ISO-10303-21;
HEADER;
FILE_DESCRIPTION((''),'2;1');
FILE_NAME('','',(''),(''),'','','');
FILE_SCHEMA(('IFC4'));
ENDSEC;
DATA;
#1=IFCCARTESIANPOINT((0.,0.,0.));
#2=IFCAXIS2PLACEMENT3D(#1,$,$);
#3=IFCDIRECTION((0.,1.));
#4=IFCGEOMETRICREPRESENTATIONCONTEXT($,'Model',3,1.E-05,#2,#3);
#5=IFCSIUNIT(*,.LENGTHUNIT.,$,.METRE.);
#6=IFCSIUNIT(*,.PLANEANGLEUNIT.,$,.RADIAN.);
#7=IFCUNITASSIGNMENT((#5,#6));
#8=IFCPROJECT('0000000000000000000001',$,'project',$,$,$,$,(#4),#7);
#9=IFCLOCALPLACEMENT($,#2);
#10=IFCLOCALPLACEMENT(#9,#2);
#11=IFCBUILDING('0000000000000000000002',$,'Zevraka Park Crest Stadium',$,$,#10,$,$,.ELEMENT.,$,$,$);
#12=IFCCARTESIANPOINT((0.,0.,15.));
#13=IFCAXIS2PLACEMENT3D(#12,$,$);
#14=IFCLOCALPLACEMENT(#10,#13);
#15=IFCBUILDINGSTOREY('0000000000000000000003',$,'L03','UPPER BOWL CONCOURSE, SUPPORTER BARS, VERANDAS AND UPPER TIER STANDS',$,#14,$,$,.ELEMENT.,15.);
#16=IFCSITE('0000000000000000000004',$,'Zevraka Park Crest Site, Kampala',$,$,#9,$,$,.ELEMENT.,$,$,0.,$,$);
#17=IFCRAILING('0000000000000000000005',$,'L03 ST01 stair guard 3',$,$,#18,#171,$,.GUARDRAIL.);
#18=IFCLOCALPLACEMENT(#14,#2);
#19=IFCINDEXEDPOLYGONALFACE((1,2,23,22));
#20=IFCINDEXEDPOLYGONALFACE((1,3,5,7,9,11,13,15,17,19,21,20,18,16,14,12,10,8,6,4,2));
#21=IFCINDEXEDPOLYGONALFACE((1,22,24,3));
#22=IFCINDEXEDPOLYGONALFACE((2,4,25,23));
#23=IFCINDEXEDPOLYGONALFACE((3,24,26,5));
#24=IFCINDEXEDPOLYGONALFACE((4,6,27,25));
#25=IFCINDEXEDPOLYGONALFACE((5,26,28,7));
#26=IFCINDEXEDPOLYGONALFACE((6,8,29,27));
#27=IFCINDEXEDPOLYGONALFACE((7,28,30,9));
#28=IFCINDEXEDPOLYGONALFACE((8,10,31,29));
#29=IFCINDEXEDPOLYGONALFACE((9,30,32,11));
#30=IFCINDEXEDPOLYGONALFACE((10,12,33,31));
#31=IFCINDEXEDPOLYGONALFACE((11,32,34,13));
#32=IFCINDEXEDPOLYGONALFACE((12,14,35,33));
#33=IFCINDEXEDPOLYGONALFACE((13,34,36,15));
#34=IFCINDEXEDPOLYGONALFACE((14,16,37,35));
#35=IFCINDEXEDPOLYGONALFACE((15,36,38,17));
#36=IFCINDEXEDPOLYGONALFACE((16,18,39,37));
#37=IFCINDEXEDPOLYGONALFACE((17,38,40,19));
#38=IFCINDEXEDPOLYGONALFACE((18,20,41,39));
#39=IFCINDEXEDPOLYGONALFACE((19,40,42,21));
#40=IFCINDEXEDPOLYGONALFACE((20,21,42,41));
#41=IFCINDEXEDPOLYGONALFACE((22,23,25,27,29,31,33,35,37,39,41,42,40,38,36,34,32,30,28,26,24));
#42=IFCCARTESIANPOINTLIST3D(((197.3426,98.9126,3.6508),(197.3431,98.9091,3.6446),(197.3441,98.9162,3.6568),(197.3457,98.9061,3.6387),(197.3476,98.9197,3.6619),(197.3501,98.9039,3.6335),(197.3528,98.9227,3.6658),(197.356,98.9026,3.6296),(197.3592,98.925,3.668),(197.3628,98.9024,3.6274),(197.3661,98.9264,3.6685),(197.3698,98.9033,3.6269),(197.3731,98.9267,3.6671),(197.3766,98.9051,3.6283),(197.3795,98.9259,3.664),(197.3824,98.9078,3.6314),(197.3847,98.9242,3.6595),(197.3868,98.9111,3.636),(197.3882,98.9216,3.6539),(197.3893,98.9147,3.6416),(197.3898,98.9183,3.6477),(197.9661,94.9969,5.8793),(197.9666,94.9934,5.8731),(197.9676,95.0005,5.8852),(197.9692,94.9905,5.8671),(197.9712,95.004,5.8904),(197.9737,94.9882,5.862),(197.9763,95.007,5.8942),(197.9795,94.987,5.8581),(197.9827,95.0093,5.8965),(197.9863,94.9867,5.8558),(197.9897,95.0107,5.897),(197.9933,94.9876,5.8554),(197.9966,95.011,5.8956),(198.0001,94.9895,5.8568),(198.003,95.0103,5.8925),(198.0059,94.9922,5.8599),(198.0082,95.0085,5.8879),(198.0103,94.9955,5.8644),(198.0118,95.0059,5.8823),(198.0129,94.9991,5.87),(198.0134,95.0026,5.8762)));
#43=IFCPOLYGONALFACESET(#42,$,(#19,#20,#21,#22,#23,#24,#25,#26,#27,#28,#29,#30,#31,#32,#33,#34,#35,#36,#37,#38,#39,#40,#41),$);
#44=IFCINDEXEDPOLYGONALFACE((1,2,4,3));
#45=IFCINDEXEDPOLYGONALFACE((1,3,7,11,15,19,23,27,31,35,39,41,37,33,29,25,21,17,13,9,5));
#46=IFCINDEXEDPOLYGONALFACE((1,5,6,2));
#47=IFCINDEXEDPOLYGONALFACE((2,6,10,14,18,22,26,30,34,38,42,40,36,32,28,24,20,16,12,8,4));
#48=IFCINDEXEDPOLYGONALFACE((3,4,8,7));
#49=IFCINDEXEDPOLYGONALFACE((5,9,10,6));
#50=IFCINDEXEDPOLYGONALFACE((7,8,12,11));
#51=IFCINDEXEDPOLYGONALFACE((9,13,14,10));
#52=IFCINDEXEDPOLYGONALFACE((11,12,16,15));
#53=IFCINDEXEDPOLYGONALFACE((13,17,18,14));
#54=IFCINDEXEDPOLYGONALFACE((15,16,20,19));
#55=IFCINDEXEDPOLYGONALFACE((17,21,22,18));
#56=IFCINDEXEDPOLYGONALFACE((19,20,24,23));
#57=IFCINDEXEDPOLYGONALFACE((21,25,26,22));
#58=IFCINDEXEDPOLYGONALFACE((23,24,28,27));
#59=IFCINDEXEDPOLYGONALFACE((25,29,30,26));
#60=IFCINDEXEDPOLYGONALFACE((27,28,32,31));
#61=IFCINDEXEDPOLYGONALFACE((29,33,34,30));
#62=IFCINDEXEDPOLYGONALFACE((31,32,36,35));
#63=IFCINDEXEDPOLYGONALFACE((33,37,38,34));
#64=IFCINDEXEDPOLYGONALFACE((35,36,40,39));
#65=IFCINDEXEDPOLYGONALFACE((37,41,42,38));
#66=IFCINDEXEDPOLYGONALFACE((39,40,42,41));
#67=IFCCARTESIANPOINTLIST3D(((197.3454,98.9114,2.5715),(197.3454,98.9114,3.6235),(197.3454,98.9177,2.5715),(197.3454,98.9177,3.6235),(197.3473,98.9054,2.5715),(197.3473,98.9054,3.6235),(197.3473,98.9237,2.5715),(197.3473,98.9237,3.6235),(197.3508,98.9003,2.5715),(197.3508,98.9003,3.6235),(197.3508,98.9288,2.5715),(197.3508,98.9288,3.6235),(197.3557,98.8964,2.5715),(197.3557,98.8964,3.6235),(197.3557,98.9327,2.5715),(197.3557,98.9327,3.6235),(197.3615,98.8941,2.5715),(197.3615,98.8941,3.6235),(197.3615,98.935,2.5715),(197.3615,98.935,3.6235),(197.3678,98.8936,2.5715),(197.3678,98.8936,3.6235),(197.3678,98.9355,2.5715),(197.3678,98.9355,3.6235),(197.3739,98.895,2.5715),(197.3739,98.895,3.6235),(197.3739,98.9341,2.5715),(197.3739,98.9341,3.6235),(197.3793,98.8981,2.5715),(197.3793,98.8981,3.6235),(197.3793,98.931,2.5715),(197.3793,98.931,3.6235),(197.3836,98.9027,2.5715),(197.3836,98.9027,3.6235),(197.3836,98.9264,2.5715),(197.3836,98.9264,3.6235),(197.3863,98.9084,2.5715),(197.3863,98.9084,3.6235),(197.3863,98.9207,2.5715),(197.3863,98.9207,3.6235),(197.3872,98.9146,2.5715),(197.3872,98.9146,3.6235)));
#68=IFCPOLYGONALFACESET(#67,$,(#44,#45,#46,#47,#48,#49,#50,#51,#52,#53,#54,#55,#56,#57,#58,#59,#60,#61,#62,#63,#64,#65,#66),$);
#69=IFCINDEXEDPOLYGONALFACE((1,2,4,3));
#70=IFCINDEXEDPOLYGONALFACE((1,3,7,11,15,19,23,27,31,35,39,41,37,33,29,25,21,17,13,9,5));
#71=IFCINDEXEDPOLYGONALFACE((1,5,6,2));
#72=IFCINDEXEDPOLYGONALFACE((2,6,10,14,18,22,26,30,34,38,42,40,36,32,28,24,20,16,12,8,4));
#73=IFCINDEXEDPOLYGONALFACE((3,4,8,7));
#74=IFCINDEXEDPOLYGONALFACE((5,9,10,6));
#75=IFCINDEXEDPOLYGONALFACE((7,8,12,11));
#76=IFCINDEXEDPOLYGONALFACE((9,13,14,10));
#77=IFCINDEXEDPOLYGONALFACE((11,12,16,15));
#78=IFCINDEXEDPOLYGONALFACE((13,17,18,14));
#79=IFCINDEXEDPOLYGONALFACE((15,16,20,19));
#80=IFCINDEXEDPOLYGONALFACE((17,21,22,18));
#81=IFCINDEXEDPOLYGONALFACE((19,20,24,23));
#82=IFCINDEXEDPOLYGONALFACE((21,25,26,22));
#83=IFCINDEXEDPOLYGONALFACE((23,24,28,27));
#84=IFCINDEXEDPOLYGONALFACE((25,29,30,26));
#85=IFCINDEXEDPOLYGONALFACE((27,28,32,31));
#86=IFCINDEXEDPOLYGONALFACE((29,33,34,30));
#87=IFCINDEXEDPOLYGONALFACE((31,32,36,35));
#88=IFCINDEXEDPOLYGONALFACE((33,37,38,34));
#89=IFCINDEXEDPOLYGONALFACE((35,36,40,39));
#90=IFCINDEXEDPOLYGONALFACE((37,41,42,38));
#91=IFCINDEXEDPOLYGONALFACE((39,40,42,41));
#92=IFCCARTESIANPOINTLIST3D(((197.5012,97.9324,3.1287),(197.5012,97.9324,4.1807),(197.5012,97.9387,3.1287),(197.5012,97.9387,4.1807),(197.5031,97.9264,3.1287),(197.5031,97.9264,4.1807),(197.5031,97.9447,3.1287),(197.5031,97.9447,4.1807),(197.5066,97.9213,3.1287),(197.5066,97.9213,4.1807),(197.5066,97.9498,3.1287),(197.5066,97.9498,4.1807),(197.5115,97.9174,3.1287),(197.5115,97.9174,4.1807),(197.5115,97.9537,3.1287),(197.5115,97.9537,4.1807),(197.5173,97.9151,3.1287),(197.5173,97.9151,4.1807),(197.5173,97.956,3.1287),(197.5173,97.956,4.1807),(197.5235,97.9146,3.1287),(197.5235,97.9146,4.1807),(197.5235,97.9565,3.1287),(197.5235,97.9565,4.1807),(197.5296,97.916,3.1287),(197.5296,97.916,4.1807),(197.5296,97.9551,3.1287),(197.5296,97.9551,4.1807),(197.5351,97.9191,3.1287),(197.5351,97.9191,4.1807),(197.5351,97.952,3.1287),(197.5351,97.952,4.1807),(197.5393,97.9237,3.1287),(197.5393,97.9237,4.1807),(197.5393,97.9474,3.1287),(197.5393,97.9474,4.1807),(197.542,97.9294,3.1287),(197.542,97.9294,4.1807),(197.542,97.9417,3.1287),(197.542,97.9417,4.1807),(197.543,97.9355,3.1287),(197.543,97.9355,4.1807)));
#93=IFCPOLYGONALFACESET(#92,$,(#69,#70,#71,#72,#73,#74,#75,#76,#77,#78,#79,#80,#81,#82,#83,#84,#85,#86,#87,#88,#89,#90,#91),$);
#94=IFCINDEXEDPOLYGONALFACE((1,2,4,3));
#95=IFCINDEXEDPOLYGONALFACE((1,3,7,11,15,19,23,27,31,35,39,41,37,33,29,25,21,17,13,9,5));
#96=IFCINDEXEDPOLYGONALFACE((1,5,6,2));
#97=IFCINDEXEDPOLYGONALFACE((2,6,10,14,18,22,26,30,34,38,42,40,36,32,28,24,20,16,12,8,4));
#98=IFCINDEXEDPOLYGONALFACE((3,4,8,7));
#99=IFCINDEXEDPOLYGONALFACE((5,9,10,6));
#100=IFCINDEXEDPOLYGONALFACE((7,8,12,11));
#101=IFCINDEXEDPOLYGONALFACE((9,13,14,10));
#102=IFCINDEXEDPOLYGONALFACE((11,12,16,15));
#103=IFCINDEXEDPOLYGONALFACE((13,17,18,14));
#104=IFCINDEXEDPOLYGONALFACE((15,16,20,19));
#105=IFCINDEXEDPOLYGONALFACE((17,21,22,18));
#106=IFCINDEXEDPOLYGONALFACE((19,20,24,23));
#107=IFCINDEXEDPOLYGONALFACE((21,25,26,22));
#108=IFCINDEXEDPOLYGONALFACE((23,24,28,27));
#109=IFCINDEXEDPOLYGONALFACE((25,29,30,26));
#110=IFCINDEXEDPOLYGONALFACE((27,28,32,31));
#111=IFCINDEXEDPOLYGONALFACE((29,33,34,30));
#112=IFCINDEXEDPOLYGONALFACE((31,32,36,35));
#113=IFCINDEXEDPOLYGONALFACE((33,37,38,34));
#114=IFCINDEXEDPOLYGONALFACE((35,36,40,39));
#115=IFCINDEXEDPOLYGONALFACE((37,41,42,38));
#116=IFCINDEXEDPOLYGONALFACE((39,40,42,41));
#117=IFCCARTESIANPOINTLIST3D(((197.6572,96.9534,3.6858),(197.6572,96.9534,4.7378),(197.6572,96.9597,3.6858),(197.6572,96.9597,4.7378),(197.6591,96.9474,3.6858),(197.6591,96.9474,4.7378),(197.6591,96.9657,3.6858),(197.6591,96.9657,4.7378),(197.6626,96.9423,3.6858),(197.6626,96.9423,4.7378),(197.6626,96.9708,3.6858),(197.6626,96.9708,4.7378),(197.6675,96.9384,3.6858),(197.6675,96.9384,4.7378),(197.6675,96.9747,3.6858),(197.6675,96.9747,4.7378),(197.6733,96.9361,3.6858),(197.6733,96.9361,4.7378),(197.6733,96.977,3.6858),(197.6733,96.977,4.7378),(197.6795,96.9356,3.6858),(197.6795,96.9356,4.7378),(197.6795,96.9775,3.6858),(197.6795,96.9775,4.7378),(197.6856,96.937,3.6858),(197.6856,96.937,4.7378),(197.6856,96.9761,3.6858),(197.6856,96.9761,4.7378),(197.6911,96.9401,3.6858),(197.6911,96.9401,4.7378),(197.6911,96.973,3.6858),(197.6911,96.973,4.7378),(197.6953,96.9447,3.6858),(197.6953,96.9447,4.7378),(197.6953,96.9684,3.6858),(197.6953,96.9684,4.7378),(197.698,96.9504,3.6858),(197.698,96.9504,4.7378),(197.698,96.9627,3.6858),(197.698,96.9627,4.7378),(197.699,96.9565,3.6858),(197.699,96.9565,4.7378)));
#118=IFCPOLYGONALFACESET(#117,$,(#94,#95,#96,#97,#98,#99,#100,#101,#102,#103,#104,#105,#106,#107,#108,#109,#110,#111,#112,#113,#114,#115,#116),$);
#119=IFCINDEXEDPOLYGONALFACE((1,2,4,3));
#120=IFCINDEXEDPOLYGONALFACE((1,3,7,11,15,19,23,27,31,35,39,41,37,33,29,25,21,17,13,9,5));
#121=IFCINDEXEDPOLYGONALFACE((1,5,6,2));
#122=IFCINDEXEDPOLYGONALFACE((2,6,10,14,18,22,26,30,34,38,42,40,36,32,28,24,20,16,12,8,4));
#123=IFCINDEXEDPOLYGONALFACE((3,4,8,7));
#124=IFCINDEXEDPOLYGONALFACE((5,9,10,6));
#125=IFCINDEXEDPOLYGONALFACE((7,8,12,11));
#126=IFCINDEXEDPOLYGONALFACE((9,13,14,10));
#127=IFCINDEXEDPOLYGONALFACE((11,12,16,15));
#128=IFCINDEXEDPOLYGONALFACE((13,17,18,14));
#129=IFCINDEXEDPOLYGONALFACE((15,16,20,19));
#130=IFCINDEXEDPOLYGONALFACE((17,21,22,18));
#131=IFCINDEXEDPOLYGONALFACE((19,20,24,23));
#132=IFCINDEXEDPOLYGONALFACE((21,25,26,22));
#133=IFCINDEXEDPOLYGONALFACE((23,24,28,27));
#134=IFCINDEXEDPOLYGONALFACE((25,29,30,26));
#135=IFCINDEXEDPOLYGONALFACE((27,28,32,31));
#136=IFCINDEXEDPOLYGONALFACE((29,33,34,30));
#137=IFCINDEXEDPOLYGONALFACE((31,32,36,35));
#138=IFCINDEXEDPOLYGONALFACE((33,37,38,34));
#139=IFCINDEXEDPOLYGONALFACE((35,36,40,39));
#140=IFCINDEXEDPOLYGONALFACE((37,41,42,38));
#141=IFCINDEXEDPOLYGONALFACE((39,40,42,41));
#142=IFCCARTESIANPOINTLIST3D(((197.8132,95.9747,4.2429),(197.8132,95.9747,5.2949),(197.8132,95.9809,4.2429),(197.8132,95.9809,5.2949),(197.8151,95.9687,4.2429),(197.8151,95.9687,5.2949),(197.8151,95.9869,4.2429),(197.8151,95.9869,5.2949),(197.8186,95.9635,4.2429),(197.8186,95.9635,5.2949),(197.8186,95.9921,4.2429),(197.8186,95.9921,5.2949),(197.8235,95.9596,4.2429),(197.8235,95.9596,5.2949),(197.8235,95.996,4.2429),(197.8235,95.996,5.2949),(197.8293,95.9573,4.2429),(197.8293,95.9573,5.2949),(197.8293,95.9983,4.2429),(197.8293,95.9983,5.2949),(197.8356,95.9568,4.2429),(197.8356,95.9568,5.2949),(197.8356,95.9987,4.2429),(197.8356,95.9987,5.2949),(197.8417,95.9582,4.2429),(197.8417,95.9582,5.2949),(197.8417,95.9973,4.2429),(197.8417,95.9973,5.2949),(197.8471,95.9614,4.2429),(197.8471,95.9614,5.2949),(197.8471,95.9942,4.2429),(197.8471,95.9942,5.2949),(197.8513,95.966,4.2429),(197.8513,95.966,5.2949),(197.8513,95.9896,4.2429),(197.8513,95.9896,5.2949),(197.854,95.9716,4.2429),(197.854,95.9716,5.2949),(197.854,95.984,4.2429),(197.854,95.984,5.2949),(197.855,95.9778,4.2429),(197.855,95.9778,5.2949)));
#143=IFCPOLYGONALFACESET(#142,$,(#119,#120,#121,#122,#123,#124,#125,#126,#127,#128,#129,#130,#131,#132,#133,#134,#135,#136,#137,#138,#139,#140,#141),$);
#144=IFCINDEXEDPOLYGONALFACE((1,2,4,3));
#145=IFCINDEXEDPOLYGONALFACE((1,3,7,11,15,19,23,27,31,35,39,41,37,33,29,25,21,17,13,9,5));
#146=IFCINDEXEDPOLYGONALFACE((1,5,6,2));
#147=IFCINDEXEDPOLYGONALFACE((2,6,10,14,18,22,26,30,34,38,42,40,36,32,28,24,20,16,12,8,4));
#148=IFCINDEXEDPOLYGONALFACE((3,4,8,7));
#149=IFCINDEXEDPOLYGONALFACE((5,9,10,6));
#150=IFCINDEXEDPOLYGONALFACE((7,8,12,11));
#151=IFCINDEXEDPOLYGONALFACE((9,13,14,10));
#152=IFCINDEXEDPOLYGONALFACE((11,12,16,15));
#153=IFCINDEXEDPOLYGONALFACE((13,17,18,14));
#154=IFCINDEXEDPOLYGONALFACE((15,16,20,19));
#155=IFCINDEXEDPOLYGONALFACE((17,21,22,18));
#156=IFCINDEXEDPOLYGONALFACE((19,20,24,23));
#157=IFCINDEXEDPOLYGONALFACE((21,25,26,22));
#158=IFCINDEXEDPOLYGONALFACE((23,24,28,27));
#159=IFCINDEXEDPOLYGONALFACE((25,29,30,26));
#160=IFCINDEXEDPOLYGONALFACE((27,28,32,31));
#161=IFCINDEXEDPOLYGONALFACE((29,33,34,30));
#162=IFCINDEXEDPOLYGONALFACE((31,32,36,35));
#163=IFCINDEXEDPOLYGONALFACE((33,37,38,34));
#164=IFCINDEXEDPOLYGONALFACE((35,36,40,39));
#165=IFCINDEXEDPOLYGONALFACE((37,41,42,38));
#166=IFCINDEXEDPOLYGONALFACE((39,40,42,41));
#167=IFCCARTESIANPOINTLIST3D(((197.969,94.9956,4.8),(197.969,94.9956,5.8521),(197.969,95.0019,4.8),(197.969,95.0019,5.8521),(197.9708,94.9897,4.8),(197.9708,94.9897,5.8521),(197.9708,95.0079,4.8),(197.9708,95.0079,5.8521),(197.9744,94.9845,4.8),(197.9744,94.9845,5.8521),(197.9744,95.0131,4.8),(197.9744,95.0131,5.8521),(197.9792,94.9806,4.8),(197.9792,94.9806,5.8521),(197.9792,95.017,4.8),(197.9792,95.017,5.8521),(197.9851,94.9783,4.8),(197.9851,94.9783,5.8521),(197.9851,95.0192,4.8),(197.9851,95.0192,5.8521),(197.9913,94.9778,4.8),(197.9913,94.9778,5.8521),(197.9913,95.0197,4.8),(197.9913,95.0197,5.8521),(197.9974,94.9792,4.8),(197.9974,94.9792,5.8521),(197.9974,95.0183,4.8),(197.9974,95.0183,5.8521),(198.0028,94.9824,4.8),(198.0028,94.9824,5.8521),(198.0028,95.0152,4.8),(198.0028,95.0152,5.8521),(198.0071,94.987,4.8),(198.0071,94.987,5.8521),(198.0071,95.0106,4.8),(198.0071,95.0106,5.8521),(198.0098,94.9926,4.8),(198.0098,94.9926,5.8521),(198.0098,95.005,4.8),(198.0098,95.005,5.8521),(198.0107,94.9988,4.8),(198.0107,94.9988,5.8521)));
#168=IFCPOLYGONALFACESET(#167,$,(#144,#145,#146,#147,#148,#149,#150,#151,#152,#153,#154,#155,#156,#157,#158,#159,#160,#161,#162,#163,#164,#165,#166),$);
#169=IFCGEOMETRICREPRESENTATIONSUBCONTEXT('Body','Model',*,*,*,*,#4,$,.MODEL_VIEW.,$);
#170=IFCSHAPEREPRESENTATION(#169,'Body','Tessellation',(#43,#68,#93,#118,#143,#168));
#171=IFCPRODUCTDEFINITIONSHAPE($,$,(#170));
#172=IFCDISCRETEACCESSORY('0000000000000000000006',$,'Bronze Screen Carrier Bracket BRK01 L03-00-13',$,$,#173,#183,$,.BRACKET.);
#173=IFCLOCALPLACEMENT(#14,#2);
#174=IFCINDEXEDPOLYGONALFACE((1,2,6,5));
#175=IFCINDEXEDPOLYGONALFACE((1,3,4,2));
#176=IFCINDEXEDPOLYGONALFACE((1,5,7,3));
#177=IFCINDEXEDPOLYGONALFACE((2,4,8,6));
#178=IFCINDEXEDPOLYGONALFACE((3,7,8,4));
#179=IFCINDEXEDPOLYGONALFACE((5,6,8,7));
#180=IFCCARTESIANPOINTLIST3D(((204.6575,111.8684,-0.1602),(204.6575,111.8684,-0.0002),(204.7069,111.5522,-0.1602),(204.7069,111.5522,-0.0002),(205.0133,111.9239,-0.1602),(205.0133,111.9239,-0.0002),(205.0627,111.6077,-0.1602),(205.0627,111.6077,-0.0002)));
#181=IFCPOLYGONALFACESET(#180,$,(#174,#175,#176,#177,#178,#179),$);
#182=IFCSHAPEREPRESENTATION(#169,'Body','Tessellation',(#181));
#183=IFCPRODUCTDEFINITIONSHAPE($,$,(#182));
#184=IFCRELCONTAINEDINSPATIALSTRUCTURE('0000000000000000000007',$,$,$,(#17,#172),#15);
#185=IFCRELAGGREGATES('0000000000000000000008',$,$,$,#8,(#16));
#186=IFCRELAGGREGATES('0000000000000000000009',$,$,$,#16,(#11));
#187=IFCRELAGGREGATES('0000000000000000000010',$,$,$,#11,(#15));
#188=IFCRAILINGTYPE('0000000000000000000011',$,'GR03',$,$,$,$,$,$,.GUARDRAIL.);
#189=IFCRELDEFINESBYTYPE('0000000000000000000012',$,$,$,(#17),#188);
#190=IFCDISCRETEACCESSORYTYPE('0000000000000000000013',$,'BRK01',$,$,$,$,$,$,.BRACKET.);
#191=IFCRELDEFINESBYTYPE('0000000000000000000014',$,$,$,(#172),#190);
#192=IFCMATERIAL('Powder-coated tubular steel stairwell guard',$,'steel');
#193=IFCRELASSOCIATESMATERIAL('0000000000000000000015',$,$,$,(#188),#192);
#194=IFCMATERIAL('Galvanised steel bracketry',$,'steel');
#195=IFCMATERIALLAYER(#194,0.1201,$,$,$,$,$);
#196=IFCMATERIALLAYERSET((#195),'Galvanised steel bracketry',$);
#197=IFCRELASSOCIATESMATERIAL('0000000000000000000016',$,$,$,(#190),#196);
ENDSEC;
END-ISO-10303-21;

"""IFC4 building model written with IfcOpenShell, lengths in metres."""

from ifc_helpers import new_model, si_unit, direction, frame, origin, origin_2d, place, context, subcontext, project, spatial, rectangle, circle, extrude, material, layer, layer_set, type_object, element, save


model = new_model("IFC4")

# Units and contexts
model_context = context("Model", 3, precision=1e-05, world=origin(), true_north=direction((0.0, 1.0)))
body_context = subcontext(model_context, "Body", "Model", "MODEL_VIEW")
ifc_project = project(units=[si_unit("LENGTHUNIT", "METRE"), si_unit("PLANEANGLEUNIT", "RADIAN")], contexts=[model_context])

# Site, building, storey
site_placement = place(None, origin())
site = spatial("IfcSite", under=ifc_project, at=site_placement, Name="Zevraka Park Crest Site, Kampala", CompositionType="ELEMENT", RefElevation=0.0)
building_placement = place(site_placement, origin())
building = spatial("IfcBuilding", under=site, at=building_placement, Name="Zevraka Park Crest Stadium", CompositionType="ELEMENT")
storey_placement = place(building_placement, frame((0.0, 0.0, 15.0)))
storey = spatial("IfcBuildingStorey", under=building, at=storey_placement, Name="L03", Description="UPPER BOWL CONCOURSE, SUPPORTER BARS, VERANDAS AND UPPER TIER STANDS", CompositionType="ELEMENT", Elevation=15.0)

# Railing
ifc_material_1 = material(Name="Powder-coated tubular steel stairwell guard", Category="steel")
railing_type = type_object("IfcRailingType", Name="GR03", PredefinedType="GUARDRAIL", material=ifc_material_1)
railing_1_placement = place(storey_placement, frame((197.3662, 98.9146, 2.5715)))
element("IfcRailing", 1, at=railing_1_placement, inside=storey, type_object=railing_type, Name="L03 ST01 stair guard 3", PredefinedType="GUARDRAIL", context=body_context, shape_type="SweptSolid", body=[
    extrude(circle(Radius=0.0239, at=origin_2d()), frame((0.0, 0.0, 1.0762), z_axis=(0.137088, -0.860903, 0.489951), x_axis=(0.987558, 0.157256, 0.0)), (0.0, 0.0, 1.0), 4.5483),
    extrude(circle(Radius=0.021, at=origin_2d()), origin(), (0.0, 0.0, 1.0), 1.052),
    extrude(circle(Radius=0.021, at=origin_2d()), frame((0.1558, -0.979, 0.5571)), (0.0, 0.0, 1.0), 1.052),
    extrude(circle(Radius=0.021, at=origin_2d()), frame((0.3118, -1.958, 1.1143)), (0.0, 0.0, 1.0), 1.052),
    extrude(circle(Radius=0.021, at=origin_2d()), frame((0.4678, -2.9368, 1.6714)), (0.0, 0.0, 1.0), 1.052),
    extrude(circle(Radius=0.021, at=origin_2d()), frame((0.6235, -3.9158, 2.2285)), (0.0, 0.0, 1.0), 1.052),
])

# Discrete accessory
ifc_material_2 = material(Name="Galvanised steel bracketry", Category="steel")
ifc_layer_1 = layer(ifc_material_2, 0.1201)
ifc_layer_set_1 = layer_set([ifc_layer_1], Name="Galvanised steel bracketry")
discrete_accessory_type = type_object("IfcDiscreteAccessoryType", Name="BRK01", PredefinedType="BRACKET", material=ifc_layer_set_1)
discrete_accessory_placement = place(storey_placement, frame((204.8601, 111.738, -0.1602), z_axis=(0.0, 0.0, 1.0), x_axis=(-0.154193, 0.988041, 0.0)))
element("IfcDiscreteAccessory", 2, at=discrete_accessory_placement, inside=storey, type_object=discrete_accessory_type, Name="Bronze Screen Carrier Bracket BRK01 L03-00-13", PredefinedType="BRACKET", context=body_context, shape_type="SweptSolid", body=[
    extrude(rectangle(XDim=0.3201, YDim=0.3601, at=origin_2d()), origin(), (0.0, 0.0, 1.0), 0.1599),
])

save(model, "model.ifc")
